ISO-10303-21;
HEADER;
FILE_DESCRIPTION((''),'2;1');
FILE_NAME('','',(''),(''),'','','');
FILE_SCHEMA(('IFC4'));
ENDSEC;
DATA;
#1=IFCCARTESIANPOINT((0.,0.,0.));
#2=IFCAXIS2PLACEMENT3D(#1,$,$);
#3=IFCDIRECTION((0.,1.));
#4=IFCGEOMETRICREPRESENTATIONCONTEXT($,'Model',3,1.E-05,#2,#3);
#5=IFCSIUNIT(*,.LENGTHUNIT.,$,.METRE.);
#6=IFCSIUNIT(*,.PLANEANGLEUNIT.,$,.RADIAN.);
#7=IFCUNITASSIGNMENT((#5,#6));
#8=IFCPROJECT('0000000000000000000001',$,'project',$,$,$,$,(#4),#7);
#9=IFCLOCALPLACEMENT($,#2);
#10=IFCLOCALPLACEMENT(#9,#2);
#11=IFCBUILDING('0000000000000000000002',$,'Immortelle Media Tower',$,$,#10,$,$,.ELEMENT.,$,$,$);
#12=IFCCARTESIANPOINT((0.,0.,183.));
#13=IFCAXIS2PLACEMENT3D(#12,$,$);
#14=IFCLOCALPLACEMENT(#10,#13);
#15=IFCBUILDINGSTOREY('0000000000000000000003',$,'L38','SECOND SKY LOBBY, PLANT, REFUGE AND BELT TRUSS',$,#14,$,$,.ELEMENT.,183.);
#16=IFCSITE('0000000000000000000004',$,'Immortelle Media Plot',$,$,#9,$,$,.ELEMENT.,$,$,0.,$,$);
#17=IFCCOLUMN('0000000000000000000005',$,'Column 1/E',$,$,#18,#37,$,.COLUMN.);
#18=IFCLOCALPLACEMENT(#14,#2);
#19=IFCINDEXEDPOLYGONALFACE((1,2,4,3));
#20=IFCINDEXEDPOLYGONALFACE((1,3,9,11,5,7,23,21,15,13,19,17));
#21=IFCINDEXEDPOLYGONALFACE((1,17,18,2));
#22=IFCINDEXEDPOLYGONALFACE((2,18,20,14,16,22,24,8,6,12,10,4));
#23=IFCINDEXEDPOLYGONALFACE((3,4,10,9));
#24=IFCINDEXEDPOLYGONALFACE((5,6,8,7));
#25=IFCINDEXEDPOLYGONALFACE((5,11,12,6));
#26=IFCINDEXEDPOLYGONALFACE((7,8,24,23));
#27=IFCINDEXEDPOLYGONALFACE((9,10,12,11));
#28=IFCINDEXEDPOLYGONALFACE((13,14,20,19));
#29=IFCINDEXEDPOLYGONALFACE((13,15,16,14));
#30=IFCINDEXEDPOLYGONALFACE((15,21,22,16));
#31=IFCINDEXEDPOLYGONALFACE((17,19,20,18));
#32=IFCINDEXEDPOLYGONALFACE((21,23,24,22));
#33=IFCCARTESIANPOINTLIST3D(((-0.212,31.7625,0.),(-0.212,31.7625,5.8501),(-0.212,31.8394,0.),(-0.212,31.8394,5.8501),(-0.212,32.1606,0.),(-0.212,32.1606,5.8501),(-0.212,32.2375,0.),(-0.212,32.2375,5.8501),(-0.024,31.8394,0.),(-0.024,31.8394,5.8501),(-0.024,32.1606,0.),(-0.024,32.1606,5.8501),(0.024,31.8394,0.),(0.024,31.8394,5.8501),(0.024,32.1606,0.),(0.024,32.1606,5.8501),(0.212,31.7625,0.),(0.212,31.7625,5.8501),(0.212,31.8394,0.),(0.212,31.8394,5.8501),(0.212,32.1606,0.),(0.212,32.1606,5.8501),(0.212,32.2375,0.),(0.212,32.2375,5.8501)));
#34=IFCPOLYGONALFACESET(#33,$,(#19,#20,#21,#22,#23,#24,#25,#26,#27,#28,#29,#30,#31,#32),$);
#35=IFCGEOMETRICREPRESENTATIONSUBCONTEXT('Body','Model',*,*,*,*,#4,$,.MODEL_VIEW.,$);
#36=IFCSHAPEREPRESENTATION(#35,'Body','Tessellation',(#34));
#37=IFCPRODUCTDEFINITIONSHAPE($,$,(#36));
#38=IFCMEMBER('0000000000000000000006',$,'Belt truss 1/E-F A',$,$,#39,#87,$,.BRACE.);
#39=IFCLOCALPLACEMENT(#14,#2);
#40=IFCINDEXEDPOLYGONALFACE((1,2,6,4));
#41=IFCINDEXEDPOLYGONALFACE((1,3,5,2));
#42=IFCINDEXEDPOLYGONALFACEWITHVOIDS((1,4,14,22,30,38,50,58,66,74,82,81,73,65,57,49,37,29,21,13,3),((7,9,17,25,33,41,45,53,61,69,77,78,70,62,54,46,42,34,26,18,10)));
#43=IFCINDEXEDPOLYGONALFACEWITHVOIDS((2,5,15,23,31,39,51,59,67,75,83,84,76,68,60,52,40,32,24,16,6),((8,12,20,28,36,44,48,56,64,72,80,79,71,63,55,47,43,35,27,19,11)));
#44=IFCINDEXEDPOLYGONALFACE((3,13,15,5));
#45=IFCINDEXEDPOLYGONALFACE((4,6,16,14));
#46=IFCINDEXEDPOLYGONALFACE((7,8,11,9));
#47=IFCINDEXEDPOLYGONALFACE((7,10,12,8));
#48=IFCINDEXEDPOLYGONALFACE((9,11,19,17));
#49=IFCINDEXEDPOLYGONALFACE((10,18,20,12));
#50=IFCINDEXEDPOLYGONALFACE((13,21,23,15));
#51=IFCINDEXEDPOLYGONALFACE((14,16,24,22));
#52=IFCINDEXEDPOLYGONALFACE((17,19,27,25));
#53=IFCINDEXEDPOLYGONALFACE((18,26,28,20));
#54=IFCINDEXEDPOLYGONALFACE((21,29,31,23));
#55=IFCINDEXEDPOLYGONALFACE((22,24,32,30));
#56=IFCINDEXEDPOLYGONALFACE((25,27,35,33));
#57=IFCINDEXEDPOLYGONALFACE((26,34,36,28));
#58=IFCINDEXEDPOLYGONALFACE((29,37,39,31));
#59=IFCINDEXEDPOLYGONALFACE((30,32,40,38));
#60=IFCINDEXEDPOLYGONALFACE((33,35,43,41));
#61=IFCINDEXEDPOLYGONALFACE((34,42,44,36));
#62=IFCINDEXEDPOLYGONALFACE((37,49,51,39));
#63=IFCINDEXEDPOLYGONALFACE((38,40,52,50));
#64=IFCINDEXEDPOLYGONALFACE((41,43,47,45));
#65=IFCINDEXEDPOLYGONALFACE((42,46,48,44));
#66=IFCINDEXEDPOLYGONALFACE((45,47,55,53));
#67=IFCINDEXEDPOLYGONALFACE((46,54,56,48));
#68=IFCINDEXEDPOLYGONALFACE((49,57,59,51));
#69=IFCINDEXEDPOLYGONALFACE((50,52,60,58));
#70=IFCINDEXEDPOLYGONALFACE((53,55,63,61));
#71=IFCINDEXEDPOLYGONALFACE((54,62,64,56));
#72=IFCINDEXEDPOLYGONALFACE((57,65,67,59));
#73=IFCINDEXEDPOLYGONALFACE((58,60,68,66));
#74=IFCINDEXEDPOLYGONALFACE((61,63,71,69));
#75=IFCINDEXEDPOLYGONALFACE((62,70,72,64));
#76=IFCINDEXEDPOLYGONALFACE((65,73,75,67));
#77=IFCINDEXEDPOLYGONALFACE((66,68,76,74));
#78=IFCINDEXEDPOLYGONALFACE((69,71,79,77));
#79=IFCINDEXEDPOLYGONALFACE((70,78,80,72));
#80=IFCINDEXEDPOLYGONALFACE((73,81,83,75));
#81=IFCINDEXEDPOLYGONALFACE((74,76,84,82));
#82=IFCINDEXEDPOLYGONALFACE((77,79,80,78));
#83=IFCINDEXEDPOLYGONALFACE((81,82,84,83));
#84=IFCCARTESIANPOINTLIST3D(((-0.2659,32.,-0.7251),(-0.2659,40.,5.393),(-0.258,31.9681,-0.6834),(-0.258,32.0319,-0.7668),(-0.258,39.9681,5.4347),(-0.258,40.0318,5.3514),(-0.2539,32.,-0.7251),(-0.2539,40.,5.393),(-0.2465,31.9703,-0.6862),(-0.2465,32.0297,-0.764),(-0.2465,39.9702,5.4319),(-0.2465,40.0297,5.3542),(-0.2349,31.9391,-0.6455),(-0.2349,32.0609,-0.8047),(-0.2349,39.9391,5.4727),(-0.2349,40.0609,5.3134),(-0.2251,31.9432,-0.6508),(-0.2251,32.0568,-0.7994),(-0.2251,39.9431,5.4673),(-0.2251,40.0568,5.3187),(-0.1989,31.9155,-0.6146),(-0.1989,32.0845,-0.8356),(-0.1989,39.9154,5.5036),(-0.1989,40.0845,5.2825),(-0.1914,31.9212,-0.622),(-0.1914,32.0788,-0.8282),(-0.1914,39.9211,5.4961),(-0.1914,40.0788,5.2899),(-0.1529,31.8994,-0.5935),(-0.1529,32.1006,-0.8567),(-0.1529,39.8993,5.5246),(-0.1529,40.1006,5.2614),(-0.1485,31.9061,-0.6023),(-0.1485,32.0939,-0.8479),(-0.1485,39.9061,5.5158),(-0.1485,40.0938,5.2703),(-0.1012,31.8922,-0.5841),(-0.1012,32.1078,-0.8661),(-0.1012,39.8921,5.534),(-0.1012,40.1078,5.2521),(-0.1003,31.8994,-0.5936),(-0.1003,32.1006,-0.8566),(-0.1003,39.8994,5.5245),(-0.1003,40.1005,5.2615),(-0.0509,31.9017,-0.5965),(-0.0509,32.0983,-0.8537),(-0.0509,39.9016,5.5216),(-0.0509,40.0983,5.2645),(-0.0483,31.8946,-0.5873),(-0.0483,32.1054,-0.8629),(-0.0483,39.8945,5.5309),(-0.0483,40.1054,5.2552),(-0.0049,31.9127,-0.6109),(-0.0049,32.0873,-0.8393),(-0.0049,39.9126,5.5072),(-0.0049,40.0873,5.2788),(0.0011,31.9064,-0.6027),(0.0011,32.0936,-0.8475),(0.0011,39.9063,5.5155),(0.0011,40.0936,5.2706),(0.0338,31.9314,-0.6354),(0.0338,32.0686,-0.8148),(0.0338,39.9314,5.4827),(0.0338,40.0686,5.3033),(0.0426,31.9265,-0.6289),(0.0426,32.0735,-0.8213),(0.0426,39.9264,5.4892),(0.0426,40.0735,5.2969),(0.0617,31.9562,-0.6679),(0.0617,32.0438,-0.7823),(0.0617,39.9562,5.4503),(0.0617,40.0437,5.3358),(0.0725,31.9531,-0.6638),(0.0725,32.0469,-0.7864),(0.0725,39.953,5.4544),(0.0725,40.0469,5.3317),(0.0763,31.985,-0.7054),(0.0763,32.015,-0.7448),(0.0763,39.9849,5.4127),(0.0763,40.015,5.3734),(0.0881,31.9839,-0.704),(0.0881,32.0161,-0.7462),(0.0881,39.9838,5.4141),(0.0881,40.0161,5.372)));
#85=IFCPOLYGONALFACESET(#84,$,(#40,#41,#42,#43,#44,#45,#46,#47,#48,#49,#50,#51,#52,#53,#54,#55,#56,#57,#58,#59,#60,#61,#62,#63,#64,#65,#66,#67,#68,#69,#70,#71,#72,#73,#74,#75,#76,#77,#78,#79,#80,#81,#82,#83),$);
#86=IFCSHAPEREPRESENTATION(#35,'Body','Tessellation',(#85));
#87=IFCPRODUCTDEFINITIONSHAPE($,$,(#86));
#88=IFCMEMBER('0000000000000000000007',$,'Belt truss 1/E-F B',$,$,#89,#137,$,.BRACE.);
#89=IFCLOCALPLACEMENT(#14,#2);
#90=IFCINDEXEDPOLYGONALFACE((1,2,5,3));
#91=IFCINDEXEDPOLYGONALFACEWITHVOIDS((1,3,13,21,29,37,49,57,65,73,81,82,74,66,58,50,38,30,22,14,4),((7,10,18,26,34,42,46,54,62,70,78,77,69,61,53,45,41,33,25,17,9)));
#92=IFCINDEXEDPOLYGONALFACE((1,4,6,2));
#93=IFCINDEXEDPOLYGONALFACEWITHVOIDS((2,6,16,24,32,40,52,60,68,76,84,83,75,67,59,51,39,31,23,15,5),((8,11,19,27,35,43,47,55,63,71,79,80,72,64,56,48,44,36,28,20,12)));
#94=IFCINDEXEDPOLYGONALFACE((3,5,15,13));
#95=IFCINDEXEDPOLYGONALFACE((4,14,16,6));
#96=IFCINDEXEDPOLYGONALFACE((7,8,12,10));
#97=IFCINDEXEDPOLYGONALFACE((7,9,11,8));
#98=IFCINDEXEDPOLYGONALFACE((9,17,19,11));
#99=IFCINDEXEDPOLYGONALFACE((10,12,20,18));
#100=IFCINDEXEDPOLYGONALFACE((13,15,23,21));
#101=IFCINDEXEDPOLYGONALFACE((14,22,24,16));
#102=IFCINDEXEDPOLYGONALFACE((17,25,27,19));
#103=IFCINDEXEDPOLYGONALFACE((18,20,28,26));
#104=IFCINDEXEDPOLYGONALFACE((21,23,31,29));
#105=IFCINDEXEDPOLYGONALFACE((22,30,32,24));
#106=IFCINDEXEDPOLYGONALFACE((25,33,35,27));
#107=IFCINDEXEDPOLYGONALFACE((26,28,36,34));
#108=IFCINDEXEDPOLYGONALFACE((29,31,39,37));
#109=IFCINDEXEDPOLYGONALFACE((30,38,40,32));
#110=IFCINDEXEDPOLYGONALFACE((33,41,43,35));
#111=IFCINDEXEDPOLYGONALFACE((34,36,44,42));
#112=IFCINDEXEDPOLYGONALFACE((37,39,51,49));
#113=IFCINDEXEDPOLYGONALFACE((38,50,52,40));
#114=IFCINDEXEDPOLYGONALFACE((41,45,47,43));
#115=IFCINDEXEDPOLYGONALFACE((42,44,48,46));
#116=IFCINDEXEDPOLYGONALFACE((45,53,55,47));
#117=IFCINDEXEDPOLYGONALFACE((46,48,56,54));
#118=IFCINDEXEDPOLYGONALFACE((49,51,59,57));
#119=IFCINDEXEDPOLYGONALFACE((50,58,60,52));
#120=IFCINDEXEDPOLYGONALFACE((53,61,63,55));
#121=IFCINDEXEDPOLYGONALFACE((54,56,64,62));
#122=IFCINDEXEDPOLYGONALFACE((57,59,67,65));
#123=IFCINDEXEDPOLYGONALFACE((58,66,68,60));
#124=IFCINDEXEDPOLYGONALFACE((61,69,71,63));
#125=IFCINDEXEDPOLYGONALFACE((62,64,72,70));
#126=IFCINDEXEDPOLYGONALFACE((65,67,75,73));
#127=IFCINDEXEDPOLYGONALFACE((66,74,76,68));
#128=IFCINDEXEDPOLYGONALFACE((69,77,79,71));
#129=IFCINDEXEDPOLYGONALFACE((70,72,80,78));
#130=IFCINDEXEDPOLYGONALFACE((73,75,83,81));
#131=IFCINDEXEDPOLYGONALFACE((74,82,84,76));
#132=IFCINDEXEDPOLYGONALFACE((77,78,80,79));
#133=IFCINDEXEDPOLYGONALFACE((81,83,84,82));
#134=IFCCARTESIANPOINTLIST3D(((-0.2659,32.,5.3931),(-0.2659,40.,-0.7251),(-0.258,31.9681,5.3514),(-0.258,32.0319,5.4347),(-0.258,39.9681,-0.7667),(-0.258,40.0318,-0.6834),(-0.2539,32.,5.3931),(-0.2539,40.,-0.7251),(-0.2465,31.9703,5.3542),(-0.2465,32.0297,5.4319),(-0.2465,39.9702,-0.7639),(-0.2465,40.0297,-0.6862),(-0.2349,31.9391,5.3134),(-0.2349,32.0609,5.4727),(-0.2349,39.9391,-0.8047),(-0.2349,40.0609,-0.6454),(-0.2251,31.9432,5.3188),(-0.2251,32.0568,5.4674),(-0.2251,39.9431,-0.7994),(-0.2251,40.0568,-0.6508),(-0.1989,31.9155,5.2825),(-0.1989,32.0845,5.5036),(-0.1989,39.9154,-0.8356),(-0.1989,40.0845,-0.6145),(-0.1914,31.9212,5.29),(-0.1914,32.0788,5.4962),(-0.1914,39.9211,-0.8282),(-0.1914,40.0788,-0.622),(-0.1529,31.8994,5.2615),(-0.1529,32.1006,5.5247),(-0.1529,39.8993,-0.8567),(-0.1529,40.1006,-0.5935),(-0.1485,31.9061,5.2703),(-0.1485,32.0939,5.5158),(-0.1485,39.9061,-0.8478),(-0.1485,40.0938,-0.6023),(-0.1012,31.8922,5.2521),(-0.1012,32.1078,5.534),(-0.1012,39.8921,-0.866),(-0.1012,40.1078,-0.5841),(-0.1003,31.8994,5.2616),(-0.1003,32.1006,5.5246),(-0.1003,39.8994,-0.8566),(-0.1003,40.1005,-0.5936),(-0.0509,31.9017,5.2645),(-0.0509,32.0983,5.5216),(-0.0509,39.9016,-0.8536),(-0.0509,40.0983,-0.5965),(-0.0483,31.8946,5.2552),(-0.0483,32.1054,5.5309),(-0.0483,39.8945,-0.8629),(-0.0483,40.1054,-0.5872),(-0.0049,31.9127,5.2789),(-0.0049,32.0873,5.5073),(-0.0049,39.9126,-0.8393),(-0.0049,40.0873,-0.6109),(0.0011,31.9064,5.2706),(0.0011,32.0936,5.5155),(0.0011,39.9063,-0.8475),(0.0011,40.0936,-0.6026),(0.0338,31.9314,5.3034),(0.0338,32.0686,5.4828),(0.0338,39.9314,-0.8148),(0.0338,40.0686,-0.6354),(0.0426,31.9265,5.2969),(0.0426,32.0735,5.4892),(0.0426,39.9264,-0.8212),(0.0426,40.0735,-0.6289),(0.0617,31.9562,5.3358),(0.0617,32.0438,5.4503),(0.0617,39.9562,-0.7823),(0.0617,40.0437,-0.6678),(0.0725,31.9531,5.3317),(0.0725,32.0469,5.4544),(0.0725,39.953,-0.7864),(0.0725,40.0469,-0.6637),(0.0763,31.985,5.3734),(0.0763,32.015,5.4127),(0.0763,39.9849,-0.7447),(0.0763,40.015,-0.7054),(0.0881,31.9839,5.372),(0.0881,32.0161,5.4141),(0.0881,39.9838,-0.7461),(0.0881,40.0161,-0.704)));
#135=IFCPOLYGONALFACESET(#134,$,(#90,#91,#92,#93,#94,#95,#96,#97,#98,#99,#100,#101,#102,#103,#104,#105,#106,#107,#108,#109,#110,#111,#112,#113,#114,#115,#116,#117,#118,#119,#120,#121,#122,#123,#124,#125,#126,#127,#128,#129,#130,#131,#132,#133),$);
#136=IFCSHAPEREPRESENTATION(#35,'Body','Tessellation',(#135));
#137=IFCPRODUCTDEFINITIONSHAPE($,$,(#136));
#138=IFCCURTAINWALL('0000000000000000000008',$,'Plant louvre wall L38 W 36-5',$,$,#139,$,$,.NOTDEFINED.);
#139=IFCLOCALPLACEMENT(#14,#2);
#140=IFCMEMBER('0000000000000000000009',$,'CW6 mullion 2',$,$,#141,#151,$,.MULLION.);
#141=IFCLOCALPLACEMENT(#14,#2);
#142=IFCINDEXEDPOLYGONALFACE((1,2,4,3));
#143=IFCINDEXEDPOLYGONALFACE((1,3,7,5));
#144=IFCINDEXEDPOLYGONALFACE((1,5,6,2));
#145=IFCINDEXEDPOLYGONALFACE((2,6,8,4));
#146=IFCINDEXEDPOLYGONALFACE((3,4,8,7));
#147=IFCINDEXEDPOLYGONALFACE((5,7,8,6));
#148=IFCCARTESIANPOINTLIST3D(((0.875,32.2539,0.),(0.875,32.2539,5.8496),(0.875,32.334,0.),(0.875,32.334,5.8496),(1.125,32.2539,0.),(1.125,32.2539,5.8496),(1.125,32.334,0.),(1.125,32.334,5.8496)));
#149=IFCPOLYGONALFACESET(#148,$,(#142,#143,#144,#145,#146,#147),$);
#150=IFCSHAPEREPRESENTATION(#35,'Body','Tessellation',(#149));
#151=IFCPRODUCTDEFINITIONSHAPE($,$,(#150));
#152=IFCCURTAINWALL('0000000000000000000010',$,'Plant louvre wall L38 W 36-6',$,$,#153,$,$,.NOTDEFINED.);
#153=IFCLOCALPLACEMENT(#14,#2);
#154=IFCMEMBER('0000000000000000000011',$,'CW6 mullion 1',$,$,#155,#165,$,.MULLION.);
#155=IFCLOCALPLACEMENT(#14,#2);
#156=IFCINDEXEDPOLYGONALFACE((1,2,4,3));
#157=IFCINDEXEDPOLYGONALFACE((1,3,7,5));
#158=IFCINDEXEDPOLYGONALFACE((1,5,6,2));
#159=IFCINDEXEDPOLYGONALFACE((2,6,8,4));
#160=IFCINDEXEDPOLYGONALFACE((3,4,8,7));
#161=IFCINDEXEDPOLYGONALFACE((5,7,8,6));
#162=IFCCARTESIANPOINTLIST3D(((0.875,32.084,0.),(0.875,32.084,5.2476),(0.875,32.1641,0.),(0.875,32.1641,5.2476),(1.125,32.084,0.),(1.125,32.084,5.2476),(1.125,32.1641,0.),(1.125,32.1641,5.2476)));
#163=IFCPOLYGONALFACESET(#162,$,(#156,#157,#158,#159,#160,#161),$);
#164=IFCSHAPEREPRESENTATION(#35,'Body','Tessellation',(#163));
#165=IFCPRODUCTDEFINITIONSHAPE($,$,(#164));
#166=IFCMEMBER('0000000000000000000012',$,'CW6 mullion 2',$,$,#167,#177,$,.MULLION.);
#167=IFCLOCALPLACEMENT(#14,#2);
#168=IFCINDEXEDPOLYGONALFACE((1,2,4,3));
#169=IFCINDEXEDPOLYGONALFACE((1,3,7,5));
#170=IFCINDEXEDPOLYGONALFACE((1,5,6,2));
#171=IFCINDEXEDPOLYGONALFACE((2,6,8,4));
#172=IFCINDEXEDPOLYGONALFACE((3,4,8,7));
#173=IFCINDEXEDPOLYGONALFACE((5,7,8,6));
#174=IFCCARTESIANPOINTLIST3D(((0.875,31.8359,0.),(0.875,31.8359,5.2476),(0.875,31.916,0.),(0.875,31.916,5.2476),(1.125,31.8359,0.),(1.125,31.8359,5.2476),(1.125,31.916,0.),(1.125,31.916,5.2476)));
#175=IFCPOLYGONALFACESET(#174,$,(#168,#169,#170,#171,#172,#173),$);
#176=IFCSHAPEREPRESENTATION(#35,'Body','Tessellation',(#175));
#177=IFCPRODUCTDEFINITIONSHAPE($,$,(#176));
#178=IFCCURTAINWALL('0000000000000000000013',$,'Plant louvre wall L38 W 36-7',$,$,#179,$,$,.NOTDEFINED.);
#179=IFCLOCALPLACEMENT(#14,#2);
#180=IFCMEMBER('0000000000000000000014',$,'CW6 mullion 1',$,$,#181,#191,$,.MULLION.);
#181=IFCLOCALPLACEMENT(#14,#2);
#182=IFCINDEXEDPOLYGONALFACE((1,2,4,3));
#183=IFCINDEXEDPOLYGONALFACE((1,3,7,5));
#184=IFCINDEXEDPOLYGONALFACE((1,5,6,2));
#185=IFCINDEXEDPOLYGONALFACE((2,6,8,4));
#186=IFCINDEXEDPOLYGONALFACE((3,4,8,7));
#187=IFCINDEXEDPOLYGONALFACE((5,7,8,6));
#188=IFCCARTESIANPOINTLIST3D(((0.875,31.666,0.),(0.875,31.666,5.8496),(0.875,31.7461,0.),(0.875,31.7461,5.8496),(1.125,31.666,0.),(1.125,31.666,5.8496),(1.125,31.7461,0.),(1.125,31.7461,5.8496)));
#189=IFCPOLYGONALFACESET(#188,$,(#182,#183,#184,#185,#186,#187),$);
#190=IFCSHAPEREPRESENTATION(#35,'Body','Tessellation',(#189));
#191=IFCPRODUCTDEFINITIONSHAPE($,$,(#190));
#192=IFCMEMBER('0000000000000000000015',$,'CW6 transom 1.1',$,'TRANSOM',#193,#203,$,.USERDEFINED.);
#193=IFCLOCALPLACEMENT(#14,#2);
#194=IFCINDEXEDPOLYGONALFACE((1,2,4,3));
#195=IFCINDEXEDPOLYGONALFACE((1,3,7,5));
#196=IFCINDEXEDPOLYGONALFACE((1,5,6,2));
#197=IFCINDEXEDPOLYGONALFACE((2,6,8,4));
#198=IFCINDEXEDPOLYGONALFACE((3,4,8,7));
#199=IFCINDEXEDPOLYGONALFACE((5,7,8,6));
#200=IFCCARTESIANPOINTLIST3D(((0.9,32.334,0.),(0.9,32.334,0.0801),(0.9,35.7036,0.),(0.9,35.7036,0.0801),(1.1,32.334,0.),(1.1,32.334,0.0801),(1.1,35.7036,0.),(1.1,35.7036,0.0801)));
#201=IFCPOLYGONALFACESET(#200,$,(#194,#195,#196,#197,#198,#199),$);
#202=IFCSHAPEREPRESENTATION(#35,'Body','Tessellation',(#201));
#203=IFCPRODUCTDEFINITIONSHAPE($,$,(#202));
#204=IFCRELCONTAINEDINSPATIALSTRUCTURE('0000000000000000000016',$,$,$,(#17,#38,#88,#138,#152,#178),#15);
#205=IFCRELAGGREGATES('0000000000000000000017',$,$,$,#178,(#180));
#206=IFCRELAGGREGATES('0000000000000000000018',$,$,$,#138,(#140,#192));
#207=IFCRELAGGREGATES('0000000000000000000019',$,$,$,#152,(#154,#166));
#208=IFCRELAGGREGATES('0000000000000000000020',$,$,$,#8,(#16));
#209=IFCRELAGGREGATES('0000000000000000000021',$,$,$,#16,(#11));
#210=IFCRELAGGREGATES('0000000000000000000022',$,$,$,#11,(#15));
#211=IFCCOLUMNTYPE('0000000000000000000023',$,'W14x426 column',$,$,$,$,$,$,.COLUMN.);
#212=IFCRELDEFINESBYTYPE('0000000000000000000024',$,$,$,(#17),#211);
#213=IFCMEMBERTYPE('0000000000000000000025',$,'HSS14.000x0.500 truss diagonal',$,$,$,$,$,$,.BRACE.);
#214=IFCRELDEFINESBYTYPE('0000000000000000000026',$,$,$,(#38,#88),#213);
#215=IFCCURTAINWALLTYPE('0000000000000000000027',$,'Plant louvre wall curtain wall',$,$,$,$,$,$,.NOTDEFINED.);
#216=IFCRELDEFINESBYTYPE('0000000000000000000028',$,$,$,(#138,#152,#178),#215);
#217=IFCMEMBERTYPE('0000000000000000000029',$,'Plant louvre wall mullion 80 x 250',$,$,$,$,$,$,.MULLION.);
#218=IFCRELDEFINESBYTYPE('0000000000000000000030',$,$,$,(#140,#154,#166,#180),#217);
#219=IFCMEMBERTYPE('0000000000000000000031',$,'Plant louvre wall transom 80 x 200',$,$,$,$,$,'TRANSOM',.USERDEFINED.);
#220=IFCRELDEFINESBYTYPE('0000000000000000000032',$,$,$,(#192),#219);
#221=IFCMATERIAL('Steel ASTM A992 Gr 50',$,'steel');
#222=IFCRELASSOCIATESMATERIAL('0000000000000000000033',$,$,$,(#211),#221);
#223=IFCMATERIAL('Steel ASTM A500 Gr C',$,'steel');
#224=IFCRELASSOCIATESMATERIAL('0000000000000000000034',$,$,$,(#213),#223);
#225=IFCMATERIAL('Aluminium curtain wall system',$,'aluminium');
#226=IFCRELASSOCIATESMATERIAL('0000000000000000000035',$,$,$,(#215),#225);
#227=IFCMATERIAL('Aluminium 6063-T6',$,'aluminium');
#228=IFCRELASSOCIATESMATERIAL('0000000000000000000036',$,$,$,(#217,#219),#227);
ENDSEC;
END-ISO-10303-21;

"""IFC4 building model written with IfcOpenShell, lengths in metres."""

from ifc_helpers import new_model, si_unit, direction, frame, origin, origin_2d, place, context, subcontext, project, spatial, rectangle, hollow_circle, i_section, extrude, material, material_profile, profile_set, type_object, element, aggregate, save


model = new_model("IFC4")

# Units and contexts
model_context = context("Model", 3, precision=1e-05, world=origin(), true_north=direction((0.0, 1.0)))
body_context = subcontext(model_context, "Body", "Model", "MODEL_VIEW")
ifc_project = project(units=[si_unit("LENGTHUNIT", "METRE"), si_unit("PLANEANGLEUNIT", "RADIAN")], contexts=[model_context])

# Site, building, storey
site_placement = place(None, origin())
site = spatial("IfcSite", under=ifc_project, at=site_placement, Name="Immortelle Media Plot", CompositionType="ELEMENT", RefElevation=0.0)
building_placement = place(site_placement, origin())
building = spatial("IfcBuilding", under=site, at=building_placement, Name="Immortelle Media Tower", CompositionType="ELEMENT")
storey_placement = place(building_placement, frame((0.0, 0.0, 183.0)))
storey = spatial("IfcBuildingStorey", under=building, at=storey_placement, Name="L38", Description="SECOND SKY LOBBY, PLANT, REFUGE AND BELT TRUSS", CompositionType="ELEMENT", Elevation=183.0)

# Column
ifc_material_1 = material(Name="Steel ASTM A992 Gr 50", Category="steel")
ifc_material_profile_1 = material_profile(ifc_material_1, i_section(OverallWidth=0.4241, OverallDepth=0.4751, WebThickness=0.0481, FlangeThickness=0.0769, at=origin_2d()), Name="W14x426")
ifc_profile_set_1 = profile_set([ifc_material_profile_1], Name="Steel ASTM A992 Gr 50")
column_type = type_object("IfcColumnType", Name="W14x426 column", PredefinedType="COLUMN", material=ifc_profile_set_1)
column_placement = place(storey_placement, frame((0.0, 32.0, 0.0), z_axis=(0.0, 0.0, 1.0), x_axis=(1.0, 0.0, 0.0)))
element("IfcColumn", 1, at=column_placement, inside=storey, type_object=column_type, Name="Column 1/E", PredefinedType="COLUMN", context=body_context, shape_type="SweptSolid", body=[
    extrude(i_section(OverallWidth=0.4241, OverallDepth=0.4751, WebThickness=0.0481, FlangeThickness=0.0769, at=origin_2d()), origin(), (0.0, 0.0, 1.0), 5.8501),
])

# Members
ifc_material_2 = material(Name="Steel ASTM A500 Gr C", Category="steel")
ifc_material_profile_2 = material_profile(ifc_material_2, hollow_circle(Radius=0.178, WallThickness=0.012, at=origin_2d()), Name="HSS14.000x0.500 truss diagonal")
ifc_profile_set_2 = profile_set([ifc_material_profile_2], Name="Steel ASTM A500 Gr C")
member_type_1 = type_object("IfcMemberType", Name="HSS14.000x0.500 truss diagonal", PredefinedType="BRACE", material=ifc_profile_set_2)
for number, where, z_axis, x_axis, name in (
    (2, (-0.0879, 32.0, -0.7251), (0.0, 0.794333, 0.607482), (-1.0, 0.0, 0.0), "Belt truss 1/E-F A"),
    (3, (-0.0879, 32.0, 5.3931), (0.0, 0.794333, -0.607482), (-1.0, 0.0, 0.0), "Belt truss 1/E-F B"),
):
    element("IfcMember", number, at=place(storey_placement, frame(where, z_axis=z_axis, x_axis=x_axis)), inside=storey, type_object=member_type_1, Name=name, PredefinedType="BRACE", context=body_context, shape_type="SweptSolid", body=[
        extrude(hollow_circle(Radius=0.178, WallThickness=0.012, at=origin_2d()), origin(), (0.0, 0.0, 1.0), 10.0713),
    ])

# Curtain wall, member
ifc_material_3 = material(Name="Aluminium curtain wall system", Category="aluminium")
curtain_wall_type = type_object("IfcCurtainWallType", Name="Plant louvre wall curtain wall", PredefinedType="NOTDEFINED", material=ifc_material_3)
curtain_wall_1_placement = place(storey_placement, origin())
curtain_wall_1 = element("IfcCurtainWall", 4, at=curtain_wall_1_placement, inside=storey, type_object=curtain_wall_type, Name="Plant louvre wall L38 W 36-5", PredefinedType="NOTDEFINED")
ifc_material_4 = material(Name="Aluminium 6063-T6", Category="aluminium")
ifc_material_profile_3 = material_profile(ifc_material_4, rectangle(XDim=0.25, YDim=0.0801, at=origin_2d()), Name="AL 80x250")
ifc_profile_set_3 = profile_set([ifc_material_profile_3], Name="Aluminium 6063-T6")
member_type_2 = type_object("IfcMemberType", Name="Plant louvre wall mullion 80 x 250", PredefinedType="MULLION", material=ifc_profile_set_3)
member_1_placement = place(storey_placement, frame((1.0, 32.2939, 0.0), z_axis=(0.0, 0.0, 1.0), x_axis=(1.0, 0.0, 0.0)))
member_1 = element("IfcMember", 5, at=member_1_placement, type_object=member_type_2, Name="CW6 mullion 2", PredefinedType="MULLION", context=body_context, shape_type="SweptSolid", body=[
    extrude(rectangle(XDim=0.25, YDim=0.0801, at=origin_2d()), origin(), (0.0, 0.0, 1.0), 5.8496),
])

# Curtain wall, members
curtain_wall_2_placement = place(storey_placement, origin())
curtain_wall_2 = element("IfcCurtainWall", 6, at=curtain_wall_2_placement, inside=storey, type_object=curtain_wall_type, Name="Plant louvre wall L38 W 36-6", PredefinedType="NOTDEFINED")
member_2_placement = place(storey_placement, frame((1.0, 32.124, 0.0), z_axis=(0.0, 0.0, 1.0), x_axis=(1.0, 0.0, 0.0)))
member_2 = element("IfcMember", 7, at=member_2_placement, type_object=member_type_2, Name="CW6 mullion 1", PredefinedType="MULLION", context=body_context, shape_type="SweptSolid", body=[
    extrude(rectangle(XDim=0.25, YDim=0.0801, at=origin_2d()), origin(), (0.0, 0.0, 1.0), 5.2476),
])
member_3_placement = place(storey_placement, frame((1.0, 31.876, 0.0), z_axis=(0.0, 0.0, 1.0), x_axis=(1.0, 0.0, 0.0)))
member_3 = element("IfcMember", 8, at=member_3_placement, type_object=member_type_2, Name="CW6 mullion 2", PredefinedType="MULLION", context=body_context, shape_type="SweptSolid", body=[
    extrude(rectangle(XDim=0.25, YDim=0.0801, at=origin_2d()), origin(), (0.0, 0.0, 1.0), 5.2476),
])

# Curtain wall, member
curtain_wall_3_placement = place(storey_placement, origin())
curtain_wall_3 = element("IfcCurtainWall", 9, at=curtain_wall_3_placement, inside=storey, type_object=curtain_wall_type, Name="Plant louvre wall L38 W 36-7", PredefinedType="NOTDEFINED")
member_4_placement = place(storey_placement, frame((1.0, 31.7061, 0.0), z_axis=(0.0, 0.0, 1.0), x_axis=(1.0, 0.0, 0.0)))
member_4 = element("IfcMember", 10, at=member_4_placement, type_object=member_type_2, Name="CW6 mullion 1", PredefinedType="MULLION", context=body_context, shape_type="SweptSolid", body=[
    extrude(rectangle(XDim=0.25, YDim=0.0801, at=origin_2d()), origin(), (0.0, 0.0, 1.0), 5.8496),
])

# Member
ifc_material_profile_4 = material_profile(ifc_material_4, rectangle(XDim=0.2, YDim=0.0801, at=origin_2d()), Name="AL 80x200")
ifc_profile_set_4 = profile_set([ifc_material_profile_4], Name="Aluminium 6063-T6")
member_type_3 = type_object("IfcMemberType", Name="Plant louvre wall transom 80 x 200", ElementType="TRANSOM", PredefinedType="USERDEFINED", material=ifc_profile_set_4)
member_5_placement = place(storey_placement, frame((1.0, 35.7036, 0.04), z_axis=(0.0, -1.0, 0.0), x_axis=(1.0, 0.0, 0.0)))
member_5 = element("IfcMember", 11, at=member_5_placement, type_object=member_type_3, Name="CW6 transom 1.1", ObjectType="TRANSOM", PredefinedType="USERDEFINED", context=body_context, shape_type="SweptSolid", body=[
    extrude(rectangle(XDim=0.2, YDim=0.0801, at=origin_2d()), origin(), (0.0, 0.0, 1.0), 3.3696),
])
aggregate(curtain_wall_3, [member_4])

aggregate(curtain_wall_1, [member_1, member_5])
aggregate(curtain_wall_2, [member_2, member_3])

save(model, "model.ifc")
